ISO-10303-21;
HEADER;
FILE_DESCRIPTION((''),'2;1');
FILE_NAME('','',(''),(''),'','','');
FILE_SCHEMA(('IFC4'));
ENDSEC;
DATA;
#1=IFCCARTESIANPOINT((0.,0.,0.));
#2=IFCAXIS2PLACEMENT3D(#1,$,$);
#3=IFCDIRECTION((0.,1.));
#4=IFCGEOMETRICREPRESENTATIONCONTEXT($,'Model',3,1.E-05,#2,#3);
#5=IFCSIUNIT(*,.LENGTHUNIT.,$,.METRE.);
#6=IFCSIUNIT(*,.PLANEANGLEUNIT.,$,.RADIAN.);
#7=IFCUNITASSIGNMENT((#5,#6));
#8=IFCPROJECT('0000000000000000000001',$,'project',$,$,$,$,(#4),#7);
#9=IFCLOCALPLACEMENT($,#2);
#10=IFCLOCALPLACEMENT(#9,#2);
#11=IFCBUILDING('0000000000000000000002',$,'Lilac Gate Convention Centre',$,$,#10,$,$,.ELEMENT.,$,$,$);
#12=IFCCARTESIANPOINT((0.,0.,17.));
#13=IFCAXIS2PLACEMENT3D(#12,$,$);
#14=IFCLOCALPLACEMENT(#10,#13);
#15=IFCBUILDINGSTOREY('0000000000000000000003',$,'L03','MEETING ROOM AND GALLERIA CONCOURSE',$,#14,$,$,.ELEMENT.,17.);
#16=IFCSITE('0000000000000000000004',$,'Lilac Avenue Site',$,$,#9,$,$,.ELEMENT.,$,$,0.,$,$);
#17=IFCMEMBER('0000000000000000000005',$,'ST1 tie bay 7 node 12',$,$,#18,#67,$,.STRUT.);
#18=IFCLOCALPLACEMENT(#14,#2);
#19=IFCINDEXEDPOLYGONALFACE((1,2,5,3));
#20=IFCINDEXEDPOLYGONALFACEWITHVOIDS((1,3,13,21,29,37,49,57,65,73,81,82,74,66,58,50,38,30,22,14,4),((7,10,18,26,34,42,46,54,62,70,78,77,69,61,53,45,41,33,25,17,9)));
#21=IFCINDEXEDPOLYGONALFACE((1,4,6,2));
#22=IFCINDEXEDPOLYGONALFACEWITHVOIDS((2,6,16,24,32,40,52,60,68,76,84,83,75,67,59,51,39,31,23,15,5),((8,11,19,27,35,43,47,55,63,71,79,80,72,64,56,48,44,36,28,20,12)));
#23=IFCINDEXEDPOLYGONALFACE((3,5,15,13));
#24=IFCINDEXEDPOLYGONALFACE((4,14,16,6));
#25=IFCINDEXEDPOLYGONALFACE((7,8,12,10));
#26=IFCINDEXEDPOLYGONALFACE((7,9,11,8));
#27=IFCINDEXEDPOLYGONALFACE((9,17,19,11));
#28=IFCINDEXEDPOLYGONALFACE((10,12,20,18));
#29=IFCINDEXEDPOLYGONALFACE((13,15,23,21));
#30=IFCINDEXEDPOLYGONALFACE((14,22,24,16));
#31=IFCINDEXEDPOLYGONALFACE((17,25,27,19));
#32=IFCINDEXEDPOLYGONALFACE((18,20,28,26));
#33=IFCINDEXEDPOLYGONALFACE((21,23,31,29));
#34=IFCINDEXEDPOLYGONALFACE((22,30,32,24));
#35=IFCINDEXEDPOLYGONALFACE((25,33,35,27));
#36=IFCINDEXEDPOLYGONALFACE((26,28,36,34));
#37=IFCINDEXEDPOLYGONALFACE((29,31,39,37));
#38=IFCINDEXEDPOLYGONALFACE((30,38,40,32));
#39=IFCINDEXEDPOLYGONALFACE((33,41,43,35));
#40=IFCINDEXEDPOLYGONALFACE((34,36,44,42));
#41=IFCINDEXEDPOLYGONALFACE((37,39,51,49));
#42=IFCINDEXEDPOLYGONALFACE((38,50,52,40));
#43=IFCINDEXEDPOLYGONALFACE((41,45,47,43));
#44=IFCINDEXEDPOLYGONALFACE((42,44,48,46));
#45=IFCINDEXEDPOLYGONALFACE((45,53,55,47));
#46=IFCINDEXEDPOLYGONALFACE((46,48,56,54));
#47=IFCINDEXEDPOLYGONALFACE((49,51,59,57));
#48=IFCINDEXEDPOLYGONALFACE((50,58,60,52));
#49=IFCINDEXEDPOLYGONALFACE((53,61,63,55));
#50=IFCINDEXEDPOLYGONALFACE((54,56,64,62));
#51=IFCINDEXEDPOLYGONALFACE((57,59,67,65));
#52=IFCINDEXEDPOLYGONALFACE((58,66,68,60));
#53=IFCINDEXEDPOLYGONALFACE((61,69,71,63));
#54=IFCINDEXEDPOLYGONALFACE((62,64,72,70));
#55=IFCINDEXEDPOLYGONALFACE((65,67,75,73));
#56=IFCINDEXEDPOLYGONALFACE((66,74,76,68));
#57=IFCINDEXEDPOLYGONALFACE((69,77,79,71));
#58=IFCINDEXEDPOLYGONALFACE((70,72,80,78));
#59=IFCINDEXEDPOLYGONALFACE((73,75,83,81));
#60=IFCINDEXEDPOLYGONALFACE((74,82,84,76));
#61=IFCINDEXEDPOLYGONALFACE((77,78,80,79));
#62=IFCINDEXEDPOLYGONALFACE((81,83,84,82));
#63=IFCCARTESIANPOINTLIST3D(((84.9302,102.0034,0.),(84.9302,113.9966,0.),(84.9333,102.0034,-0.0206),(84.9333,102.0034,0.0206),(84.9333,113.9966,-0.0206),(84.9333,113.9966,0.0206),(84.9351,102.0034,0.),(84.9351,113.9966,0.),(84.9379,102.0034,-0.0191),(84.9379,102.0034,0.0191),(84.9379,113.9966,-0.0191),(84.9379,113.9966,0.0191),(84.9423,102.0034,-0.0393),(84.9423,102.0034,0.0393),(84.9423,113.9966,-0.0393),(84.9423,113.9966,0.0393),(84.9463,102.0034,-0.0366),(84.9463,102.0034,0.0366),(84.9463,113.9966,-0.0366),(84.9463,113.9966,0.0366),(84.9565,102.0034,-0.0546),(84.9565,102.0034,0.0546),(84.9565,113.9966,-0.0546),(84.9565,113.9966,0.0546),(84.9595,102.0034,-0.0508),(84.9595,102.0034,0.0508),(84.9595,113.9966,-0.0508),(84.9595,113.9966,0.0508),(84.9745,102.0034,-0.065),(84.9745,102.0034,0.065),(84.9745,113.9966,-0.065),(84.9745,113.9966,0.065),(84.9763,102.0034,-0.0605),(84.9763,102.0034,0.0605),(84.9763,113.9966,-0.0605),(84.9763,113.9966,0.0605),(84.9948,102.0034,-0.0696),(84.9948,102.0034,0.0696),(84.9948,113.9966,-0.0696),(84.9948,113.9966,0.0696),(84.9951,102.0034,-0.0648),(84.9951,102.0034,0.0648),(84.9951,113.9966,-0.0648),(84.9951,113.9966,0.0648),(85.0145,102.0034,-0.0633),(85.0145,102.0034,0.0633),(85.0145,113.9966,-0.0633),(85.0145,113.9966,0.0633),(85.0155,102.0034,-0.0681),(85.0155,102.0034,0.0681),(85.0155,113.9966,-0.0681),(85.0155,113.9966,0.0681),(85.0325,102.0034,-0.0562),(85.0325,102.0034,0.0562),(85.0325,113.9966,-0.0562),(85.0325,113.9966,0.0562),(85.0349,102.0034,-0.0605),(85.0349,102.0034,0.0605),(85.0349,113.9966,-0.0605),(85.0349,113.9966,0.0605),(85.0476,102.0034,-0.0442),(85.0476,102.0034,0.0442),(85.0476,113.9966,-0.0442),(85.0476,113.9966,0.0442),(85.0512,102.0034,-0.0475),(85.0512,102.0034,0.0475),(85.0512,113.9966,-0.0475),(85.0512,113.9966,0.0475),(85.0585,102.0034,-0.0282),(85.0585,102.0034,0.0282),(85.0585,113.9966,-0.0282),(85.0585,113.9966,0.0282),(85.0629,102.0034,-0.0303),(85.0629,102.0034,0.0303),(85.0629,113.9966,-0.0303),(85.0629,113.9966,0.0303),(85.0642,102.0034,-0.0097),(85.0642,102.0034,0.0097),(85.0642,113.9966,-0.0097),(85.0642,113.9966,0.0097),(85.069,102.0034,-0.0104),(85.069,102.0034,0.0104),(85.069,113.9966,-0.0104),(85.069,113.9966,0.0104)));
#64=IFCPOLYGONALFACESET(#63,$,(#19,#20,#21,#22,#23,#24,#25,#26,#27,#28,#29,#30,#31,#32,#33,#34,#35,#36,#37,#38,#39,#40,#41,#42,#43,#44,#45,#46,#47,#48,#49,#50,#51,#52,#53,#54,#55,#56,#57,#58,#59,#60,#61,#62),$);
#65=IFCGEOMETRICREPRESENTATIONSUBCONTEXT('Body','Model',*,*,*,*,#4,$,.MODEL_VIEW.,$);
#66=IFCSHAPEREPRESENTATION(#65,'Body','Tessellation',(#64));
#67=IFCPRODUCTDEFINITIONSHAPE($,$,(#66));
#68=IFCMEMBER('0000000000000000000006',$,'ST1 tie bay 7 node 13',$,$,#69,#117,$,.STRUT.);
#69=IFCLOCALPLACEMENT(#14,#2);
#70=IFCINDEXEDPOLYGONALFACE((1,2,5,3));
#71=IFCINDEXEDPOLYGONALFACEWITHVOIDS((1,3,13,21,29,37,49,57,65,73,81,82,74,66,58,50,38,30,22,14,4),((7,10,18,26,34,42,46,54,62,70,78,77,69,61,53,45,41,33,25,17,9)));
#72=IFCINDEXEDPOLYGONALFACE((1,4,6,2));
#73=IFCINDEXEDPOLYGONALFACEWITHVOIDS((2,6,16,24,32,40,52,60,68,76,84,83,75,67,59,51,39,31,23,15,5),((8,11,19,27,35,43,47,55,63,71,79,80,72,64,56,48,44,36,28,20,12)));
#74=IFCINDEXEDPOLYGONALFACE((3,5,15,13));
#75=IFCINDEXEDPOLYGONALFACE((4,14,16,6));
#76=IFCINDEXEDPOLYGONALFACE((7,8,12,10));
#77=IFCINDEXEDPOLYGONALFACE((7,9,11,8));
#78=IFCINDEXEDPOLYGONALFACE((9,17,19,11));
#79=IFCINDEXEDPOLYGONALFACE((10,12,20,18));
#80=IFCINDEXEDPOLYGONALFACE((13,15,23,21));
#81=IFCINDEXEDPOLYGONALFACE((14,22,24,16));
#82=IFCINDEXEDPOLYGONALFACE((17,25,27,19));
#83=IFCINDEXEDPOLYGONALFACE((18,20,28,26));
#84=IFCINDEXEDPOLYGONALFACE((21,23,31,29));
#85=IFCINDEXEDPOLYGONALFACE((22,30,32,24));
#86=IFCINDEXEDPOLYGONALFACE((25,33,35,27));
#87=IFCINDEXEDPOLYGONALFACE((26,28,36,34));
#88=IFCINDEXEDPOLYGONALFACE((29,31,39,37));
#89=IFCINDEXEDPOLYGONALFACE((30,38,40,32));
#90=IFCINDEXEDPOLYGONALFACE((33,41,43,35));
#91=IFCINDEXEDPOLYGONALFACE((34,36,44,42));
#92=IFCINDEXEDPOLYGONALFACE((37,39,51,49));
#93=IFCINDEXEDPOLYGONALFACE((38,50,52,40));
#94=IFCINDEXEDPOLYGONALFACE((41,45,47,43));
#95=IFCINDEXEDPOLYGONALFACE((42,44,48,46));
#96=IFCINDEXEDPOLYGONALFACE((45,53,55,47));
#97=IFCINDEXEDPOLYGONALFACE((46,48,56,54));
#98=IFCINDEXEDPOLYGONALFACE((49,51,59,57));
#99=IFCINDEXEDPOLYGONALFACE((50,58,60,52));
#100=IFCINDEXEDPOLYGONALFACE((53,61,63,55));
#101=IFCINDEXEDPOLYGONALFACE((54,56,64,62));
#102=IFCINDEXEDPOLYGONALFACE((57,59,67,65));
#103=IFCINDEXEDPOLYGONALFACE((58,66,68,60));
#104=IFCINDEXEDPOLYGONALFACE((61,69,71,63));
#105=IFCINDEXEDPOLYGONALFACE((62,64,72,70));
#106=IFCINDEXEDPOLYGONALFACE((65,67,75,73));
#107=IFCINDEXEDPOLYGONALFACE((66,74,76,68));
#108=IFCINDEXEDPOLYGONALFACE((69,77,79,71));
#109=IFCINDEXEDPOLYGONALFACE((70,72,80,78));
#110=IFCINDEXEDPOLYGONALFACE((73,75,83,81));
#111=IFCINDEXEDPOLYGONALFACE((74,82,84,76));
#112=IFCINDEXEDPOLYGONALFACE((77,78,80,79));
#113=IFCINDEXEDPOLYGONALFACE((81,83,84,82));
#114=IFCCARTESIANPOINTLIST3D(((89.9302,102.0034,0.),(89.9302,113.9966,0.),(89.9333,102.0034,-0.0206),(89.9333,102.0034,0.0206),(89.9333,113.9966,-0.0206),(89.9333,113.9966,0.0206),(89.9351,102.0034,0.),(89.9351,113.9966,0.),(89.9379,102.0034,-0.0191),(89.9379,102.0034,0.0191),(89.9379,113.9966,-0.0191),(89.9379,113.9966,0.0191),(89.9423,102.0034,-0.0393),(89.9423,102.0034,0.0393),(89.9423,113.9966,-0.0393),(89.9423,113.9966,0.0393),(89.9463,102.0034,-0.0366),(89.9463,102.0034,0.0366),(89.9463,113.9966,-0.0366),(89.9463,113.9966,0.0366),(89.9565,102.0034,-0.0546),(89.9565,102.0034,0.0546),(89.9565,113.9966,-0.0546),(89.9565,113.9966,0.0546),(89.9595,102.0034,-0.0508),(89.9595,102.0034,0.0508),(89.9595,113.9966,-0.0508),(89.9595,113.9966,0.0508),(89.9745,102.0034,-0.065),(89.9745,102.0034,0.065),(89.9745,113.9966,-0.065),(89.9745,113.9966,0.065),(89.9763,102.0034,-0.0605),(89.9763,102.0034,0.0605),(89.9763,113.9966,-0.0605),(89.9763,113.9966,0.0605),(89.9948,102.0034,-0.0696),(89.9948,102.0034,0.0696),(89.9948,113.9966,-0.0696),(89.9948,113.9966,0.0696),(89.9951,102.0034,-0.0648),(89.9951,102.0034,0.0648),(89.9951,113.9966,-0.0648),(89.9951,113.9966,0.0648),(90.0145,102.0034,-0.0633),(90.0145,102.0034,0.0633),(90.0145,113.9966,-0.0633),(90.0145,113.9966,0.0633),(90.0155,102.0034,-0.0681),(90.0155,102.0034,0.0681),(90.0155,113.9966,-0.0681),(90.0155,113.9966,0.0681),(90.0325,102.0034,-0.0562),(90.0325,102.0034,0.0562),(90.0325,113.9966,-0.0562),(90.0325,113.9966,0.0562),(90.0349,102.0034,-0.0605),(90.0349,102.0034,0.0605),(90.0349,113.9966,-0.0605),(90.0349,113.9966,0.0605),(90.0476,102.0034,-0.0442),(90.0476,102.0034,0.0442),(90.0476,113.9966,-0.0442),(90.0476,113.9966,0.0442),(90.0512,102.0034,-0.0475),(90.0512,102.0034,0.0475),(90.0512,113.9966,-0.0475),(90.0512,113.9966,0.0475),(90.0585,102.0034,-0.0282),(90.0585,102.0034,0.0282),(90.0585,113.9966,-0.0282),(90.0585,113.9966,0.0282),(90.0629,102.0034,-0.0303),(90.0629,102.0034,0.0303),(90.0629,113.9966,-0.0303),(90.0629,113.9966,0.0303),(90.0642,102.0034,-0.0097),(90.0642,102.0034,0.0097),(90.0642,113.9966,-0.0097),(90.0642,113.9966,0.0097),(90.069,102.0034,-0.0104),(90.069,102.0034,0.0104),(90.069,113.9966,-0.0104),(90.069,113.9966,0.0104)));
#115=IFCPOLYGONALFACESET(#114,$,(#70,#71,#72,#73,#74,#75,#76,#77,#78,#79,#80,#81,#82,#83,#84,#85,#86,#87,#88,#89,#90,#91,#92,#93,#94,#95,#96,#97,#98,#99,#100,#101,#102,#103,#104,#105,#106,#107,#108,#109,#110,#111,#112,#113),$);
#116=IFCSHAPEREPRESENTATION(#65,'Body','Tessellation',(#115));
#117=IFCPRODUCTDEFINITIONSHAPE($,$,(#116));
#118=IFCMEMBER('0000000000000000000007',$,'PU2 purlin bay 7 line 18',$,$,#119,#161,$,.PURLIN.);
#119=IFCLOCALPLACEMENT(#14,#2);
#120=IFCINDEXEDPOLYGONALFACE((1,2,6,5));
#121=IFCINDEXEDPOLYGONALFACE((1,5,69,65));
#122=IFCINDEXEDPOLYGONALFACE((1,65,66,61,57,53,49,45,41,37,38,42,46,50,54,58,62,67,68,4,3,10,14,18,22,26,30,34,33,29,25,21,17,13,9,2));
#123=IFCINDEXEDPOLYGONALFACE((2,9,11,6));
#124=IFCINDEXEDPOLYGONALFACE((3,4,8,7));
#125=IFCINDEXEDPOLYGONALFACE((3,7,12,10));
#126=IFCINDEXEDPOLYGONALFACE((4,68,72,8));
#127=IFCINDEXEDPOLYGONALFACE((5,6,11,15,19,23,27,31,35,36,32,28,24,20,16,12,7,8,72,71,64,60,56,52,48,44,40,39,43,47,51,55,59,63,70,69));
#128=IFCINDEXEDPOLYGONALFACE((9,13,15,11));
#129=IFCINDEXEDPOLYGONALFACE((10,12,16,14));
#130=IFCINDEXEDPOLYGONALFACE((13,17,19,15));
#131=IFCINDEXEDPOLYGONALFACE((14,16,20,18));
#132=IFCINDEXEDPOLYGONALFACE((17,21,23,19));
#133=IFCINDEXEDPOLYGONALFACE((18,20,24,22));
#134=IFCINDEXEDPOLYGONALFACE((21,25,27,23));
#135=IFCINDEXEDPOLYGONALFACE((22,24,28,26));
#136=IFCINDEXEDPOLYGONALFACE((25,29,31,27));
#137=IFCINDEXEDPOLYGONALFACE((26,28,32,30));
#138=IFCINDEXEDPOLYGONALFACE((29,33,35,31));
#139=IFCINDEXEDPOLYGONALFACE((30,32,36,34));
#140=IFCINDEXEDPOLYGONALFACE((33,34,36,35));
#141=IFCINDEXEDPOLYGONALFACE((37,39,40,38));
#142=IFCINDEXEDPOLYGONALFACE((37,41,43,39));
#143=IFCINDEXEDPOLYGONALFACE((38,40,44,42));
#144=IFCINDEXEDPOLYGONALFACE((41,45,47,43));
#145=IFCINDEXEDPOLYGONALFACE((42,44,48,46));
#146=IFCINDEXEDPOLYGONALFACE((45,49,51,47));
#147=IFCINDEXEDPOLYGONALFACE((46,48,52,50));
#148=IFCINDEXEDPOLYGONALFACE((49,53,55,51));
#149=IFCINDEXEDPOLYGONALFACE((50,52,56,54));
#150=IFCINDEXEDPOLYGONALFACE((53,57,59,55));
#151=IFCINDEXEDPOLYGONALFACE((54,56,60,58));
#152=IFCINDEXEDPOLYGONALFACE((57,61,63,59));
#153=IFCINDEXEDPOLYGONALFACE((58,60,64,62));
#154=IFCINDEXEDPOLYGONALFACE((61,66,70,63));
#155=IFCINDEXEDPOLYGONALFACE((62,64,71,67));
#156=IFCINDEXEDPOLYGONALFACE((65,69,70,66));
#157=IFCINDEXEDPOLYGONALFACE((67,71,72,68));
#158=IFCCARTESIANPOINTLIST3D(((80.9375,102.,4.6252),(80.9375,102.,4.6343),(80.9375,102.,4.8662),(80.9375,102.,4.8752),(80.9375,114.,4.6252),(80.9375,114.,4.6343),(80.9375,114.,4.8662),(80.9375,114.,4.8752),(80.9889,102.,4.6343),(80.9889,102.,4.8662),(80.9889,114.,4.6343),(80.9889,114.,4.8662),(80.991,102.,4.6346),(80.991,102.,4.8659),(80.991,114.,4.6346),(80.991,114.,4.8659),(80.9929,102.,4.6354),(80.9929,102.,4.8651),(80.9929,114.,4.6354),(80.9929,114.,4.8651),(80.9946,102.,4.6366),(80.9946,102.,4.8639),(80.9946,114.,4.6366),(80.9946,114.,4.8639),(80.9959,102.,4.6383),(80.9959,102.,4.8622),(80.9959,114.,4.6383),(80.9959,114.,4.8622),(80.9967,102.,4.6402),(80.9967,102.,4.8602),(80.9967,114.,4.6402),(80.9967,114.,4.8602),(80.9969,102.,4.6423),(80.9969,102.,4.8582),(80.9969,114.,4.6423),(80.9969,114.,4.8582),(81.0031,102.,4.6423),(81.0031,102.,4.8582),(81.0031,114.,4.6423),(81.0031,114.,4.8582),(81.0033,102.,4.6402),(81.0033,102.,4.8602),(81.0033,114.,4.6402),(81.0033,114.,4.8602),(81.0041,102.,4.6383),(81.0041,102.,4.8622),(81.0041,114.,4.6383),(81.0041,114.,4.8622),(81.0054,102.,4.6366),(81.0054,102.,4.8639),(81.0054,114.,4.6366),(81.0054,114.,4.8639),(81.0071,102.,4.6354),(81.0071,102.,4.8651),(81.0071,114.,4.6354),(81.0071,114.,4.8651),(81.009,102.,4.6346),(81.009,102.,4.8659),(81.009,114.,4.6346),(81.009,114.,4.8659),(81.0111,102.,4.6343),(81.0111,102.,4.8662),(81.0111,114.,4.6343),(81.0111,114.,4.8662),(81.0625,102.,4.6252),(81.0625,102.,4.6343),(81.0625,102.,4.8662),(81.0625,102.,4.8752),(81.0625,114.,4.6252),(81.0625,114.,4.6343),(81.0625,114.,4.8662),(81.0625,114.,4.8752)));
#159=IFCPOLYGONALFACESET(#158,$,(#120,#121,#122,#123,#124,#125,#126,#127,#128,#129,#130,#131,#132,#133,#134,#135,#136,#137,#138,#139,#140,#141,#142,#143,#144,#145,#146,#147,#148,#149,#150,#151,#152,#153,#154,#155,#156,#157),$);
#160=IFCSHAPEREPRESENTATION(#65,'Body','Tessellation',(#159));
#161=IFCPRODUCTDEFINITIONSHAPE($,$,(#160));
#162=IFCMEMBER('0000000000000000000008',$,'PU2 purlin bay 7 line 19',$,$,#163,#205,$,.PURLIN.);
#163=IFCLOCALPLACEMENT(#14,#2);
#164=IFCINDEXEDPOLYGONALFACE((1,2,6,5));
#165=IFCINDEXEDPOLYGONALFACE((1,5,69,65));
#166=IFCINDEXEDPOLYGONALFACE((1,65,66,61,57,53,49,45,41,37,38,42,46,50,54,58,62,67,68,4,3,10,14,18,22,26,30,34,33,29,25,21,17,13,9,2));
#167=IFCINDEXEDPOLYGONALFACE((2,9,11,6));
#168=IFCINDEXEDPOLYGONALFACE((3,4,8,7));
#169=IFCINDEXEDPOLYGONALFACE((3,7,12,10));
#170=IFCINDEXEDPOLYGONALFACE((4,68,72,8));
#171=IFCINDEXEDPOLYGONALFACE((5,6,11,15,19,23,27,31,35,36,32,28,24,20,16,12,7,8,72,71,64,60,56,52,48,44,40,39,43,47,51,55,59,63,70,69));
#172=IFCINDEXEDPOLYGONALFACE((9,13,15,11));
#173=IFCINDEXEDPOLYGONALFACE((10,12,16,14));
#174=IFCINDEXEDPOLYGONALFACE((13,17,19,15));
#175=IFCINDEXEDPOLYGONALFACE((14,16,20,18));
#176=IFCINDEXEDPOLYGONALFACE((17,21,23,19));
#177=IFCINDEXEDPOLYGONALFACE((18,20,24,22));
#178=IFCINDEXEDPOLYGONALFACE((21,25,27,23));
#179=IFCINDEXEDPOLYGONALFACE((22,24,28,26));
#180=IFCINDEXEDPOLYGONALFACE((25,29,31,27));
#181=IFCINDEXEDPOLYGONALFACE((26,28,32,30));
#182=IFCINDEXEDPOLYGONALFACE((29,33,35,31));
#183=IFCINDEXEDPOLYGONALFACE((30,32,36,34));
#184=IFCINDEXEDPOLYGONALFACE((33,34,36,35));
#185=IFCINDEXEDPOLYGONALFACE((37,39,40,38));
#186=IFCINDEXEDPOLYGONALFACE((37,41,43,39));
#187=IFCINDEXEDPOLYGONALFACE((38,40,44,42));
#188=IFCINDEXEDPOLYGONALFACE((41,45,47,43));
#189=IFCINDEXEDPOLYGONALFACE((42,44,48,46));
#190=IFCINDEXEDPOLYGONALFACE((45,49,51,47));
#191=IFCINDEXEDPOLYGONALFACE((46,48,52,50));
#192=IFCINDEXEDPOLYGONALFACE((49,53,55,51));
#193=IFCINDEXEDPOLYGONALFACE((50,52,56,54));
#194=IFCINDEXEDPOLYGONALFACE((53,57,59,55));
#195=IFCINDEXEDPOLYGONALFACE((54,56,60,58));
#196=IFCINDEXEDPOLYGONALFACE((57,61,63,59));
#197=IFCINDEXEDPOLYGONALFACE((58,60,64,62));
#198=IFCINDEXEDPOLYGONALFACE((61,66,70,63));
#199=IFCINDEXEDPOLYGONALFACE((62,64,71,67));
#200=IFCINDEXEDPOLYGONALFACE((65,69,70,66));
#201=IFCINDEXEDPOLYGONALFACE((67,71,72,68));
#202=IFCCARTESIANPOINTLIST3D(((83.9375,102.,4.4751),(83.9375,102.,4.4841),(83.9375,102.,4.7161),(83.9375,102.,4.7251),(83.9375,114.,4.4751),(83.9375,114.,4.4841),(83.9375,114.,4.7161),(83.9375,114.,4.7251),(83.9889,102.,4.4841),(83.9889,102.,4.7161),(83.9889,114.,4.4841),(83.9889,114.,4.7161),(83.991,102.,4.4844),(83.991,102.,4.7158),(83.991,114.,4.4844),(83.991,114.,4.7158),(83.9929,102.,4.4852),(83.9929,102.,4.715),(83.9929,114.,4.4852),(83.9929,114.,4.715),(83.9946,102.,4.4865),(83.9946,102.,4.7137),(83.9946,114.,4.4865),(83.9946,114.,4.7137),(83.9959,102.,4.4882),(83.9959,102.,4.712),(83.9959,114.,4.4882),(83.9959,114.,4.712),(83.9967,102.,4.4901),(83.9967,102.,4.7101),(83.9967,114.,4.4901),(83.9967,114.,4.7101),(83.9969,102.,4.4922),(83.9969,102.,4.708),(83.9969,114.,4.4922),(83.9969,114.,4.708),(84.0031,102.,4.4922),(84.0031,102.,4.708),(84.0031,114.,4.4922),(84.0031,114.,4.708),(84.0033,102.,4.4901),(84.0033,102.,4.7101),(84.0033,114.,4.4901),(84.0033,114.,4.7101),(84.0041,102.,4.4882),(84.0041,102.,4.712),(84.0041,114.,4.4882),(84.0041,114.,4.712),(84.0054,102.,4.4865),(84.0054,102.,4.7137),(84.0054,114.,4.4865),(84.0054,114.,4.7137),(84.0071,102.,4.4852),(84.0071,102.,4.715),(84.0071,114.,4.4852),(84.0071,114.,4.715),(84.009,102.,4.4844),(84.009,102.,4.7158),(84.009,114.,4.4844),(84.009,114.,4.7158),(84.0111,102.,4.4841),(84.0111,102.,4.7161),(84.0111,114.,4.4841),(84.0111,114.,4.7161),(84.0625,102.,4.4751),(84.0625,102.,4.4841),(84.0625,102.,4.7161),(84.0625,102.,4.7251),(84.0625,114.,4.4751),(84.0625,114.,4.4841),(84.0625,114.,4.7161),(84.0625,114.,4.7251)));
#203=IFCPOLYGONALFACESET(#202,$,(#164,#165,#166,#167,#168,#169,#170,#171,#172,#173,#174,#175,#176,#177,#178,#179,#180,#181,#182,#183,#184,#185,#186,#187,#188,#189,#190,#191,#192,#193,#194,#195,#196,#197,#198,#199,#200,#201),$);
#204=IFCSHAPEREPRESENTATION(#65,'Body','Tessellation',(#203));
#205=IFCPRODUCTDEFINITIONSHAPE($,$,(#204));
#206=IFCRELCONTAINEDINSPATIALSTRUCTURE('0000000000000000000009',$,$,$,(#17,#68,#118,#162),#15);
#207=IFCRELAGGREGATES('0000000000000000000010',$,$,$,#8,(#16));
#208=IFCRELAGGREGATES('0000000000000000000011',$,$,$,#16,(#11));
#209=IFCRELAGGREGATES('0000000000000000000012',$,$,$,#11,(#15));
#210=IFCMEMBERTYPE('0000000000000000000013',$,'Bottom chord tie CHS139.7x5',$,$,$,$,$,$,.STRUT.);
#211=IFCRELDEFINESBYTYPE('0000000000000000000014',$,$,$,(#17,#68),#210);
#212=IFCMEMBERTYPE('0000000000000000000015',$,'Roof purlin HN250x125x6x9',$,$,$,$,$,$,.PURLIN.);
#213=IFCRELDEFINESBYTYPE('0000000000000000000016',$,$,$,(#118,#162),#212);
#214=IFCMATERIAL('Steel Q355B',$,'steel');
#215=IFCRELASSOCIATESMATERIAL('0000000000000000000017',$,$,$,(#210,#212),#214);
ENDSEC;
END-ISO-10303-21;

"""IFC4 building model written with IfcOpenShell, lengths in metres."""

from ifc_helpers import new_model, si_unit, direction, frame, origin, origin_2d, place, context, subcontext, project, spatial, hollow_circle, i_section, extrude, material, material_profile, profile_set, type_object, element, save


model = new_model("IFC4")

# Units and contexts
model_context = context("Model", 3, precision=1e-05, world=origin(), true_north=direction((0.0, 1.0)))
body_context = subcontext(model_context, "Body", "Model", "MODEL_VIEW")
ifc_project = project(units=[si_unit("LENGTHUNIT", "METRE"), si_unit("PLANEANGLEUNIT", "RADIAN")], contexts=[model_context])

# Site, building, storey
site_placement = place(None, origin())
site = spatial("IfcSite", under=ifc_project, at=site_placement, Name="Lilac Avenue Site", CompositionType="ELEMENT", RefElevation=0.0)
building_placement = place(site_placement, origin())
building = spatial("IfcBuilding", under=site, at=building_placement, Name="Lilac Gate Convention Centre", CompositionType="ELEMENT")
storey_placement = place(building_placement, frame((0.0, 0.0, 17.0)))
storey = spatial("IfcBuildingStorey", under=building, at=storey_placement, Name="L03", Description="MEETING ROOM AND GALLERIA CONCOURSE", CompositionType="ELEMENT", Elevation=17.0)

# Members
ifc_material_1 = material(Name="Steel Q355B", Category="steel")
ifc_material_profile_1 = material_profile(ifc_material_1, hollow_circle(Radius=0.0698, WallThickness=0.0049, at=origin_2d()), Name="CHS139.7x5")
ifc_profile_set_1 = profile_set([ifc_material_profile_1], Name="Steel Q355B")
member_type_1 = type_object("IfcMemberType", Name="Bottom chord tie CHS139.7x5", PredefinedType="STRUT", material=ifc_profile_set_1)
for number, where, z_axis, x_axis, name in (
    (1, (85.0, 102.0034, 0.0), (0.0, 1.0, 0.0), (-1.0, 0.0, 0.0), "ST1 tie bay 7 node 12"),
    (2, (90.0, 102.0034, 0.0), (0.0, 1.0, 0.0), (-1.0, 0.0, 0.0), "ST1 tie bay 7 node 13"),
):
    element("IfcMember", number, at=place(storey_placement, frame(where, z_axis=z_axis, x_axis=x_axis)), inside=storey, type_object=member_type_1, Name=name, PredefinedType="STRUT", context=body_context, shape_type="SweptSolid", body=[
        extrude(hollow_circle(Radius=0.0698, WallThickness=0.0049, at=origin_2d()), origin(), (0.0, 0.0, 1.0), 11.9932),
    ])
ifc_material_profile_2 = material_profile(ifc_material_1, i_section(OverallWidth=0.125, OverallDepth=0.25, WebThickness=0.0061, FlangeThickness=0.009, FilletRadius=0.0081, at=origin_2d()), Name="HN250x125x6x9")
ifc_profile_set_2 = profile_set([ifc_material_profile_2], Name="Steel Q355B")
member_type_2 = type_object("IfcMemberType", Name="Roof purlin HN250x125x6x9", PredefinedType="PURLIN", material=ifc_profile_set_2)
for number, where, z_axis, x_axis, name in (
    (3, (81.0, 102.0, 4.7502), (0.0, 1.0, 0.0), (-1.0, 0.0, 0.0), "PU2 purlin bay 7 line 18"),
    (4, (84.0, 102.0, 4.6001), (0.0, 1.0, 0.0), (-1.0, 0.0, 0.0), "PU2 purlin bay 7 line 19"),
):
    element("IfcMember", number, at=place(storey_placement, frame(where, z_axis=z_axis, x_axis=x_axis)), inside=storey, type_object=member_type_2, Name=name, PredefinedType="PURLIN", context=body_context, shape_type="SweptSolid", body=[
        extrude(i_section(OverallWidth=0.125, OverallDepth=0.25, WebThickness=0.0061, FlangeThickness=0.009, FilletRadius=0.0081, at=origin_2d()), origin(), (0.0, 0.0, 1.0), 12.0),
    ])

save(model, "model.ifc")
